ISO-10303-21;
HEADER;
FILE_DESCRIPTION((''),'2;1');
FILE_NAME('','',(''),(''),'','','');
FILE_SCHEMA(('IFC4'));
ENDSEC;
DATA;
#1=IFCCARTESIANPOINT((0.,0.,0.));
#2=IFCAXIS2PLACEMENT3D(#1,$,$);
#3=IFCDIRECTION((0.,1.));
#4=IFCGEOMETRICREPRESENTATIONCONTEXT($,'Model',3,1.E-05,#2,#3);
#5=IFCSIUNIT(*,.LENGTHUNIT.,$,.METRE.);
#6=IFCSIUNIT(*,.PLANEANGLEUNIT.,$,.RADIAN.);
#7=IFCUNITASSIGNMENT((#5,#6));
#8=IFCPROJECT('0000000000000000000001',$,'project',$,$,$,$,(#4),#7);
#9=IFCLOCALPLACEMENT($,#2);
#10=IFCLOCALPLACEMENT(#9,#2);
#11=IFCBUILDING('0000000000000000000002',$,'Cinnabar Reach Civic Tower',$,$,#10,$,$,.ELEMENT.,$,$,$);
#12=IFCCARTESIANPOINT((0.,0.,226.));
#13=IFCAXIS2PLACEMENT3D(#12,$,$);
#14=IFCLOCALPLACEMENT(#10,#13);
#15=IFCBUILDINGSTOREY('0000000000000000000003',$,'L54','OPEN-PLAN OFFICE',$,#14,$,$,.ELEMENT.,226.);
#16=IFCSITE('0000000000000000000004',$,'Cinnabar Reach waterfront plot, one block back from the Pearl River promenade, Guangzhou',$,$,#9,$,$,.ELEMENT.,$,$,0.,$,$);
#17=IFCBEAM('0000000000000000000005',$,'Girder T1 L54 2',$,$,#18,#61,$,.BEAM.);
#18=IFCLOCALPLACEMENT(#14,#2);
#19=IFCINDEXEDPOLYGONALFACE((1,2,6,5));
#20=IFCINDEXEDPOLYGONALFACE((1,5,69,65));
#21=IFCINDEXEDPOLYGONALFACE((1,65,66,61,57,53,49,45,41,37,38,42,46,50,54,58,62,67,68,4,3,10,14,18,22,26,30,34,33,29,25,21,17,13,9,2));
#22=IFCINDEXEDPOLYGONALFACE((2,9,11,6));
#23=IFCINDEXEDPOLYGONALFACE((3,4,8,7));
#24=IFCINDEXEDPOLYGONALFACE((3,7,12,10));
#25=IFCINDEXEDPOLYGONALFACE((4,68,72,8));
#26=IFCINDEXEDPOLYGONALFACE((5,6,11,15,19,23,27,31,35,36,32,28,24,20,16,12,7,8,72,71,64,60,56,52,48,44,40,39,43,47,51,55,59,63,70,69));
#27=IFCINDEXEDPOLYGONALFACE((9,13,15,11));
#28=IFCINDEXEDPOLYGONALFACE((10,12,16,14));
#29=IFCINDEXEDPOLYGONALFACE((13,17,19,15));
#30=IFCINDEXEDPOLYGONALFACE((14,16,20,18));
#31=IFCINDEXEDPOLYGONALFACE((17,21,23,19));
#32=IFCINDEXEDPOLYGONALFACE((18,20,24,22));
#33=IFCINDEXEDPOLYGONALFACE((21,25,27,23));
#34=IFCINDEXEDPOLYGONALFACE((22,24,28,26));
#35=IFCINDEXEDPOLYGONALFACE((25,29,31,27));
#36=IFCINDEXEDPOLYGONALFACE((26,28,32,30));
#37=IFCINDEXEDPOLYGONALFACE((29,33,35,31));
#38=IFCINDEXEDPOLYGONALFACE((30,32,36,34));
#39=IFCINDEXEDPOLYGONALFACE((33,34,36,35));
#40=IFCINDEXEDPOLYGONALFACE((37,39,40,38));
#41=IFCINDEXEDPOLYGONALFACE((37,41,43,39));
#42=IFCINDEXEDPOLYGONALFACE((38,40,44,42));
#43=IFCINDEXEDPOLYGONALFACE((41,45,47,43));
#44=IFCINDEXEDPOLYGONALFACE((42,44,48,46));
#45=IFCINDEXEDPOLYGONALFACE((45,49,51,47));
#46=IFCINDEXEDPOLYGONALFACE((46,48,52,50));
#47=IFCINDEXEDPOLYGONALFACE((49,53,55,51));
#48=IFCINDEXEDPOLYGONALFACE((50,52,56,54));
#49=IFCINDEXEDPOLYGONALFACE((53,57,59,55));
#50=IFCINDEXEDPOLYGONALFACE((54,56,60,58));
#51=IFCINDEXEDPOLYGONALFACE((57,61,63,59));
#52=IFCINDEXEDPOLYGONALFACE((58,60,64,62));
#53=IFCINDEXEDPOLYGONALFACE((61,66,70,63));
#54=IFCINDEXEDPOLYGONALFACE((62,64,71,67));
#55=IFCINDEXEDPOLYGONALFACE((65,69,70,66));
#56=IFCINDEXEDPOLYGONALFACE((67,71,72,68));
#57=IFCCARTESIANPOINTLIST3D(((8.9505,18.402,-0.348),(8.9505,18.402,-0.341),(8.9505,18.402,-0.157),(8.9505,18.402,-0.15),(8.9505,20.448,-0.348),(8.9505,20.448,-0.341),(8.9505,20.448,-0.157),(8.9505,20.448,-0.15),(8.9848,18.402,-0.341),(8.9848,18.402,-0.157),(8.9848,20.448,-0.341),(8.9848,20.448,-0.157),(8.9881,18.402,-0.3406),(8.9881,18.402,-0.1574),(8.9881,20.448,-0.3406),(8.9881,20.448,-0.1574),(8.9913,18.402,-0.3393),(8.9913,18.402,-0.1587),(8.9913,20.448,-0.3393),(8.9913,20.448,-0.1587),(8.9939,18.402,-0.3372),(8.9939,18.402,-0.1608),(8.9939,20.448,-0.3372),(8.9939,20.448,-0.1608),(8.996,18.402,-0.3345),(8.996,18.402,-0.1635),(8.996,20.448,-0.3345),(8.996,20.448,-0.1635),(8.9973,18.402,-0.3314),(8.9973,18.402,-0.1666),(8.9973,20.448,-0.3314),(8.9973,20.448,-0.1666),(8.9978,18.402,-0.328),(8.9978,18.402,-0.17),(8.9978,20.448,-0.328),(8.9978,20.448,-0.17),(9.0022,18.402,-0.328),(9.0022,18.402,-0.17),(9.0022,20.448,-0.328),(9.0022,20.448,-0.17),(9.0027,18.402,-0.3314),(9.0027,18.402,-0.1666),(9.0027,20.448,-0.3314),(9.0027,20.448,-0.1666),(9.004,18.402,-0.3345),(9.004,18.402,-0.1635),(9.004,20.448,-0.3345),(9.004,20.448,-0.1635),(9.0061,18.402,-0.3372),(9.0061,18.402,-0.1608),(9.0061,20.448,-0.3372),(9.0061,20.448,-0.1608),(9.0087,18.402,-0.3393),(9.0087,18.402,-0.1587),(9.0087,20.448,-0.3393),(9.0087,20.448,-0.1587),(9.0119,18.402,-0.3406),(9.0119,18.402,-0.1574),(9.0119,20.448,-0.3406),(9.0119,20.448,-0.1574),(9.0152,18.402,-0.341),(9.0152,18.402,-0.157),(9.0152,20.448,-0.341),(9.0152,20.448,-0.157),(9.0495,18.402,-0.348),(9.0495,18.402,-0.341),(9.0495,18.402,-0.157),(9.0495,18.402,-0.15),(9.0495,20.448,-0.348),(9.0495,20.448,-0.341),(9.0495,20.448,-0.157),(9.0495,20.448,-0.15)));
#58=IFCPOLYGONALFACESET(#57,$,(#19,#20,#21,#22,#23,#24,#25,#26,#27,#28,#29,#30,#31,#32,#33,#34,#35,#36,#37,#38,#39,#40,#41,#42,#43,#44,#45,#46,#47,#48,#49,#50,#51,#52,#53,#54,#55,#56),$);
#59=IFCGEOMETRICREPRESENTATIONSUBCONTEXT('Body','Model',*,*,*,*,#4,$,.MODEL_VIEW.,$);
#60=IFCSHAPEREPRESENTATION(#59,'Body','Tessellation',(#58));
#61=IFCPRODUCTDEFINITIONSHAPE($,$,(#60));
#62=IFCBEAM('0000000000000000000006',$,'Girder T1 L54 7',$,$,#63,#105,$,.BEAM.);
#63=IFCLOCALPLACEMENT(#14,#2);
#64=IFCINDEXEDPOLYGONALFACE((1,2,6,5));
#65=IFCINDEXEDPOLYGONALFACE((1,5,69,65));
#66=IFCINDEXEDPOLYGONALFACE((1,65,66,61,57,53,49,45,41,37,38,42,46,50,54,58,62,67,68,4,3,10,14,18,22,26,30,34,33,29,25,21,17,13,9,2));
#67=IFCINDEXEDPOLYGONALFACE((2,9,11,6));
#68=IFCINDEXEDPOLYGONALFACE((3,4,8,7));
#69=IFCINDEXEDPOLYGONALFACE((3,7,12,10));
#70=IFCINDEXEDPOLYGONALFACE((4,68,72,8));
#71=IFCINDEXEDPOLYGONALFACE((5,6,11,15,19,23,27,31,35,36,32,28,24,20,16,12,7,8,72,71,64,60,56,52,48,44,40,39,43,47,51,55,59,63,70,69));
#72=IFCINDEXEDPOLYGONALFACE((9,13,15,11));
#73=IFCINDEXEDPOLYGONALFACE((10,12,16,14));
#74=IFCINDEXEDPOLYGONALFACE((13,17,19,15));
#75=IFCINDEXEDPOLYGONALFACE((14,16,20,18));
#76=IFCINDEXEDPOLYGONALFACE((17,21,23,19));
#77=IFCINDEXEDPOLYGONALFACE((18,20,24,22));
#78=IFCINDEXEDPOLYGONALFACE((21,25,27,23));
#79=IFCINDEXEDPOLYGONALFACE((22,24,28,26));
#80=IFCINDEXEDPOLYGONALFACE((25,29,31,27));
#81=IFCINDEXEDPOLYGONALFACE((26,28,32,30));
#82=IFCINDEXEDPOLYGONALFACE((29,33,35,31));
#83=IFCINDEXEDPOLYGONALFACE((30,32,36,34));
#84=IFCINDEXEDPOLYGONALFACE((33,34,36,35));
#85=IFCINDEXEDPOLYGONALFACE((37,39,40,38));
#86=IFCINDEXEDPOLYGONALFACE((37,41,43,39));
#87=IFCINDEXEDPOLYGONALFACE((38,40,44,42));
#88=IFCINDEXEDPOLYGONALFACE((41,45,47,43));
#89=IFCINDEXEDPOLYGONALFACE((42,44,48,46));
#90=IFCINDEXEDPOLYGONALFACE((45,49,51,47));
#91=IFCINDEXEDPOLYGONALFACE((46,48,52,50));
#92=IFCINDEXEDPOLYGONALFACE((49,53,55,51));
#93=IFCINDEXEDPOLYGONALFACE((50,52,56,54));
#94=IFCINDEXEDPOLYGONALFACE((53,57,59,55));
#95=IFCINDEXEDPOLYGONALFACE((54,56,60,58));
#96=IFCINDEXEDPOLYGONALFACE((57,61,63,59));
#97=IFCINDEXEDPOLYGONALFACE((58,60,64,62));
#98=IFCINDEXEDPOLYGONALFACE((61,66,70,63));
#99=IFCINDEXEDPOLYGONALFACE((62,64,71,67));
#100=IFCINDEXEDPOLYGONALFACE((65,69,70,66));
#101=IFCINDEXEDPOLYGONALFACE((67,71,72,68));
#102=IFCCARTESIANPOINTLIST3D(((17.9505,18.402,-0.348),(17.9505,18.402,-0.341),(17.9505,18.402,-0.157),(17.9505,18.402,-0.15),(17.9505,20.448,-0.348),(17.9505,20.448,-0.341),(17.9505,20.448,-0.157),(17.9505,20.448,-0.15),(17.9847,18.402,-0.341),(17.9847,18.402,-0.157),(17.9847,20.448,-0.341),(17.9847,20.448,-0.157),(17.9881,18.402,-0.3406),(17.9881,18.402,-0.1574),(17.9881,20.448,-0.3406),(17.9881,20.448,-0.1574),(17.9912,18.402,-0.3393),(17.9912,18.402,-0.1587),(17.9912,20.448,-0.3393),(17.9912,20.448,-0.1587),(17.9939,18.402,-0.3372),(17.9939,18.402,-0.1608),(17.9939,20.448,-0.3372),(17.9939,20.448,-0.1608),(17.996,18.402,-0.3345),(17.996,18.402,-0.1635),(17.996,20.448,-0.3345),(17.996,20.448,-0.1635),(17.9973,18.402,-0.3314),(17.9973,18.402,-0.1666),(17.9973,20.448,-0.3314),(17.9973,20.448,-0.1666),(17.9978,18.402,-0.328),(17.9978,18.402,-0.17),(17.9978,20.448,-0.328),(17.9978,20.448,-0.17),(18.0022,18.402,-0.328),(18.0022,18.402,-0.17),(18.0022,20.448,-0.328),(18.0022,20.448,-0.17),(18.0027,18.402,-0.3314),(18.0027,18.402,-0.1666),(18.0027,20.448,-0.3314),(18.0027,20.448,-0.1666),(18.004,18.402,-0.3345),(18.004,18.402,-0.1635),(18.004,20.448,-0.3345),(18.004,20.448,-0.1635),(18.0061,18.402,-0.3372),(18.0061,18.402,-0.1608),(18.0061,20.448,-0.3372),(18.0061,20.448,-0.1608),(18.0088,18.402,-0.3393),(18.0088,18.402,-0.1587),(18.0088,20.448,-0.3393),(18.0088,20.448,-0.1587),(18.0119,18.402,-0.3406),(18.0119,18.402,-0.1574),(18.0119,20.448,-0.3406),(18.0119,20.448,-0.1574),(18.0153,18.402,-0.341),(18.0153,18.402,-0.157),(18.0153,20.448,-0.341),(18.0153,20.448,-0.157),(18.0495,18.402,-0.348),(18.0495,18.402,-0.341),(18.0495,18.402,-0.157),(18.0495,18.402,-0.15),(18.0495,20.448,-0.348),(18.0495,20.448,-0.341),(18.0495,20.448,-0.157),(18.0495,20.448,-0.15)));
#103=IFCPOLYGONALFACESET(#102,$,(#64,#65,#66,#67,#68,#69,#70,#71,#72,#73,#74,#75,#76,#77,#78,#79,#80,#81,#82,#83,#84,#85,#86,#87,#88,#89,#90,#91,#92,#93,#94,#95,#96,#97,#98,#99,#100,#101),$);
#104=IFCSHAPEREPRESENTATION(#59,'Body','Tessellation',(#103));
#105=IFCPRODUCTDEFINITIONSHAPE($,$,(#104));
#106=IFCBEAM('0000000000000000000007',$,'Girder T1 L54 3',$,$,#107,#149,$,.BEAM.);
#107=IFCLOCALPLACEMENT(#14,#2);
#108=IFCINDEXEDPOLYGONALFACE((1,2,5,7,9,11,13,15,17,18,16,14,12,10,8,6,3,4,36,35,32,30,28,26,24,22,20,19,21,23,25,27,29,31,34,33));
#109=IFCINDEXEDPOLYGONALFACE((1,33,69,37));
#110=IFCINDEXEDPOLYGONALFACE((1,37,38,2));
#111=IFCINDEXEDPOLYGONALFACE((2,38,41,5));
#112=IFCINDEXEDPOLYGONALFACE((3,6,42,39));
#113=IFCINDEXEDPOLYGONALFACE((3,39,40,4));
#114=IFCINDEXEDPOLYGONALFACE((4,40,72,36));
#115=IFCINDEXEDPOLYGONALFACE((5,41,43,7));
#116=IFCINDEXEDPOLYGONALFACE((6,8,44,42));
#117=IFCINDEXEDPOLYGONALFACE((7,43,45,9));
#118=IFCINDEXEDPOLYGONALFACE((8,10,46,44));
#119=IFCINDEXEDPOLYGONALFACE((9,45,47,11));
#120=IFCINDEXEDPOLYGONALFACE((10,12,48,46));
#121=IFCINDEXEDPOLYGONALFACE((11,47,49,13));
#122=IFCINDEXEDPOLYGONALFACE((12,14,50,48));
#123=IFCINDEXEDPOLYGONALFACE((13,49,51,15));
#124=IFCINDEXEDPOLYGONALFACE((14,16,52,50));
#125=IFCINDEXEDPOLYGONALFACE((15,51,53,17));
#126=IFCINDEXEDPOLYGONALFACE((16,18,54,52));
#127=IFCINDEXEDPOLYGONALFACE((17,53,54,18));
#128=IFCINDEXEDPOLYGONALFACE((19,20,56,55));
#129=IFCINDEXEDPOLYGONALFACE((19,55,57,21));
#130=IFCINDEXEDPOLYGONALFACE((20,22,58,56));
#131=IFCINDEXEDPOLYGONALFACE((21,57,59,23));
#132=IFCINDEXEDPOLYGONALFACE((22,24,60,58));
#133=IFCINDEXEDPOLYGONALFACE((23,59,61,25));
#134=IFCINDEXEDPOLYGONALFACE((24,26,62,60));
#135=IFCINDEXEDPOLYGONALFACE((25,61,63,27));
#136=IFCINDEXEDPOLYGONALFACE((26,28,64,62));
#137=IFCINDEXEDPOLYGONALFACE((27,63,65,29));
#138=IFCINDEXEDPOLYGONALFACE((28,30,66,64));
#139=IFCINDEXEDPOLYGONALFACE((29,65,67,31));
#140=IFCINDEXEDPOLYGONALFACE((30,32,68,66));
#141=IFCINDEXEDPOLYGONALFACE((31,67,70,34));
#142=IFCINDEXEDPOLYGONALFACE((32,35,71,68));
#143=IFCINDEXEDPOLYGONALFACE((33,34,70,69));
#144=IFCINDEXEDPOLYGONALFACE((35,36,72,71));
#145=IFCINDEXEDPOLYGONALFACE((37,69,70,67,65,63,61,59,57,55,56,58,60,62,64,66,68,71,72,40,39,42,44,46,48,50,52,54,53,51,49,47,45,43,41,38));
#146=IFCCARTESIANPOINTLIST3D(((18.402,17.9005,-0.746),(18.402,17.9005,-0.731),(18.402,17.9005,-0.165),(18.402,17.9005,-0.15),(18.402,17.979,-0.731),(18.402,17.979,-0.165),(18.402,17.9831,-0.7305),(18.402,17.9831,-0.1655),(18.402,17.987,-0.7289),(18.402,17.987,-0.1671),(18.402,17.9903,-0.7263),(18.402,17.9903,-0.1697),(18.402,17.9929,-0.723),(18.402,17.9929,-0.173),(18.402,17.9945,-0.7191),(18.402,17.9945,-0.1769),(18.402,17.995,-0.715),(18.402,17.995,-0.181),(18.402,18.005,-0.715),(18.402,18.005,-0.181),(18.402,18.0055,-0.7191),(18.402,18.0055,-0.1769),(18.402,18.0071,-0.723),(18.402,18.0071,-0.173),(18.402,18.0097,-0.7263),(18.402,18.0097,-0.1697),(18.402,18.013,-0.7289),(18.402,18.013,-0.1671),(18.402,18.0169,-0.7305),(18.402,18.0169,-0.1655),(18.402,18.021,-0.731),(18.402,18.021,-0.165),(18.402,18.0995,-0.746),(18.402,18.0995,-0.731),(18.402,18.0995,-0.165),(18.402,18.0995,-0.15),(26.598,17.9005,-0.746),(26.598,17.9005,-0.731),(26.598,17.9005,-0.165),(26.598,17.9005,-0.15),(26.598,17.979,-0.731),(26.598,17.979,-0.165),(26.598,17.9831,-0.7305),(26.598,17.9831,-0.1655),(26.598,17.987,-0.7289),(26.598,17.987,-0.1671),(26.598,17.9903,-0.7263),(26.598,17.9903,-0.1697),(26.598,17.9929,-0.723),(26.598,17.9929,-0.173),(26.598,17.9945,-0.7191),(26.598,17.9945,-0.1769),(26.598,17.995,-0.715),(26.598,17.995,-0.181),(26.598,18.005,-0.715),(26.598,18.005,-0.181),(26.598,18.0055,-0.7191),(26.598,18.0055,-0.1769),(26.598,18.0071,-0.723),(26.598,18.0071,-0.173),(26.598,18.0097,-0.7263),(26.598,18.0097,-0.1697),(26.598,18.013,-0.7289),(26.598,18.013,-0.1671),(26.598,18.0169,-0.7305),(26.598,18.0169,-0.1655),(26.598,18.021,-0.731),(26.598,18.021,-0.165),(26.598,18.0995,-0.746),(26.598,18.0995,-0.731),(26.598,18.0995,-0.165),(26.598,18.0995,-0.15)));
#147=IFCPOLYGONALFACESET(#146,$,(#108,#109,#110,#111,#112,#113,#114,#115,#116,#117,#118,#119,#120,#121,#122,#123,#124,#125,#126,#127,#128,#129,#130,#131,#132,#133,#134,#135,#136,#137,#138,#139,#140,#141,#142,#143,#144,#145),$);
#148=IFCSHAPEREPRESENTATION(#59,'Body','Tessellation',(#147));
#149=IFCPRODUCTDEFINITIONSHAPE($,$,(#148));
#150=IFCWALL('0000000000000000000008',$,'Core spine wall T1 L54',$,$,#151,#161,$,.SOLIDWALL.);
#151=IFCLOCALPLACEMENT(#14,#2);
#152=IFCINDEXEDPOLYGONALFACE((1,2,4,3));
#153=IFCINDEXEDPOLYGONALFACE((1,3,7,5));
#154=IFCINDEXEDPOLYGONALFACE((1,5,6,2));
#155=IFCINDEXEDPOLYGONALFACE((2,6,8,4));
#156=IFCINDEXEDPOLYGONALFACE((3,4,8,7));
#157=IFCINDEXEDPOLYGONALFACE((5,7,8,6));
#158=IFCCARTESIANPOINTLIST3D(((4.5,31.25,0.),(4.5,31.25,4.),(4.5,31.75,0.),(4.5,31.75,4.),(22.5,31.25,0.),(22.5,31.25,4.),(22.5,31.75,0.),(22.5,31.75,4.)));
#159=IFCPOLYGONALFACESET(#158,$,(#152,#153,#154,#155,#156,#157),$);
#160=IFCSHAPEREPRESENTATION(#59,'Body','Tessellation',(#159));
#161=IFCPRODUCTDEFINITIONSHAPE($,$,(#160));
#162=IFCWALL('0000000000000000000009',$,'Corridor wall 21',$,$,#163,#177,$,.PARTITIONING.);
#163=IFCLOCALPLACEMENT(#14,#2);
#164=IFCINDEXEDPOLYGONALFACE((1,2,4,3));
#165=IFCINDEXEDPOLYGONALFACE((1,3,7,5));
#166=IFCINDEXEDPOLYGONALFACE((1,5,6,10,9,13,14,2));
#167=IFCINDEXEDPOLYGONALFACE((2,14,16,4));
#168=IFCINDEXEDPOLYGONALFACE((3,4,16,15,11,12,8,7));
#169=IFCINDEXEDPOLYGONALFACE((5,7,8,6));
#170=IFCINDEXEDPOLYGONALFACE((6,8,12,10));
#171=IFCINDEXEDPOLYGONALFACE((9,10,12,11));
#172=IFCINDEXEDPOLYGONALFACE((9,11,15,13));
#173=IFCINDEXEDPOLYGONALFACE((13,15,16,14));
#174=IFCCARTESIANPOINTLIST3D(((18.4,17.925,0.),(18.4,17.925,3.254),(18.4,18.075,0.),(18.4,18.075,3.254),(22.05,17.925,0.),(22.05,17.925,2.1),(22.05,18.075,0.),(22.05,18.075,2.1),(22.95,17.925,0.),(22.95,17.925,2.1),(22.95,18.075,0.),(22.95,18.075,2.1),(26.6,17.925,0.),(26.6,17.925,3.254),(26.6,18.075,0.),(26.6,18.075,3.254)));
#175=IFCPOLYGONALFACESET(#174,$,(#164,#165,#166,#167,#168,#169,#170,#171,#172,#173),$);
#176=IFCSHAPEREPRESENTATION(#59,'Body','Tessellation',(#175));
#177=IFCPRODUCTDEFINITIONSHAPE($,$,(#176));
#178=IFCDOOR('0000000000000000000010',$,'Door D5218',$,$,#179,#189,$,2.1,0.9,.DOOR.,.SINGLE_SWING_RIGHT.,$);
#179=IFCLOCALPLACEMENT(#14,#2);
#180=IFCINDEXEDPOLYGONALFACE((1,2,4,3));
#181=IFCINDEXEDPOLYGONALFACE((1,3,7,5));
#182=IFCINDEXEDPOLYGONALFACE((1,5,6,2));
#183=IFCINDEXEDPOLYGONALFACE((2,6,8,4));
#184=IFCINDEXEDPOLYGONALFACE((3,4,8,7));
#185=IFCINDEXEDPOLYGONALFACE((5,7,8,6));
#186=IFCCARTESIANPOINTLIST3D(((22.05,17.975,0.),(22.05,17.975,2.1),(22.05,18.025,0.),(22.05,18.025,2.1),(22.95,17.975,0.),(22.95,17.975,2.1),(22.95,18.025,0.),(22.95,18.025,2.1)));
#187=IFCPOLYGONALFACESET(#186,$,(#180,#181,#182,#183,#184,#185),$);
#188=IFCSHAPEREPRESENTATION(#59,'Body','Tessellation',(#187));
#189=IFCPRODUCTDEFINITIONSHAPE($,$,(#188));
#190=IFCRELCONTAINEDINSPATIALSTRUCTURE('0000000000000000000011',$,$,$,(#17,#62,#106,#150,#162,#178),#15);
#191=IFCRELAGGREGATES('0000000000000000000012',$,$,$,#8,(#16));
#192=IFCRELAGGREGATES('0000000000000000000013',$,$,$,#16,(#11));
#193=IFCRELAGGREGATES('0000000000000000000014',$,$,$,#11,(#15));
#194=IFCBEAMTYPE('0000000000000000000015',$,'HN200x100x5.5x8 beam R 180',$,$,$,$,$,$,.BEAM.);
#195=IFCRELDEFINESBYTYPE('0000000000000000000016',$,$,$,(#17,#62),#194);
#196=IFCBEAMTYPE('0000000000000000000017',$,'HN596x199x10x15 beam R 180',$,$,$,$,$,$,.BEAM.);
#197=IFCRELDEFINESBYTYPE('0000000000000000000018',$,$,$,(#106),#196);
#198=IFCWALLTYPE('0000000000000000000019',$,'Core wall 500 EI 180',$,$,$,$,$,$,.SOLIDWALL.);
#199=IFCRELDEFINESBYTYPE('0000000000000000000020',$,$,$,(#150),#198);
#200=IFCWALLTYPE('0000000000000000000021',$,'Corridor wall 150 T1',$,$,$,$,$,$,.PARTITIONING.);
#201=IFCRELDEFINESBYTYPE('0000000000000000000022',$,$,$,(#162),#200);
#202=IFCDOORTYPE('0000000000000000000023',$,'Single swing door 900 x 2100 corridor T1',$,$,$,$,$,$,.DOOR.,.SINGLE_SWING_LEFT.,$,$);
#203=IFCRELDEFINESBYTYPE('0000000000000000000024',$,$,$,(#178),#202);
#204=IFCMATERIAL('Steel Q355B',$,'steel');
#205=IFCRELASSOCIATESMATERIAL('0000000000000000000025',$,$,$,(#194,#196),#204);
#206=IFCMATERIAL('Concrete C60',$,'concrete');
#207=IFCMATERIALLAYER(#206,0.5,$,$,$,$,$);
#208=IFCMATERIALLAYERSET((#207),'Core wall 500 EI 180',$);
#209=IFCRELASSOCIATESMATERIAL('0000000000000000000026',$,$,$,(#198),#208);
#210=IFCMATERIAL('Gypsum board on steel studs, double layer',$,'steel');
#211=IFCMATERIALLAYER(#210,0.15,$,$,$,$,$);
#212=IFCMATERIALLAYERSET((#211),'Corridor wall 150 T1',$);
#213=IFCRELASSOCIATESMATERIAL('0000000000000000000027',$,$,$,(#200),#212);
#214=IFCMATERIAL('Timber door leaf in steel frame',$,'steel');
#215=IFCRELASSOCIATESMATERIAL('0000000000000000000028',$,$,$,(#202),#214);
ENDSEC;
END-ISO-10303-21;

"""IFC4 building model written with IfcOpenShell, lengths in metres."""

from ifc_helpers import new_model, si_unit, direction, frame, frame_2d, origin, origin_2d, place, context, subcontext, project, spatial, rectangle, i_section, extrude, material, layer, layer_set, material_profile, profile_set, type_object, element, fill, save


model = new_model("IFC4")

# Units and contexts
model_context = context("Model", 3, precision=1e-05, world=origin(), true_north=direction((0.0, 1.0)))
body_context = subcontext(model_context, "Body", "Model", "MODEL_VIEW")
ifc_project = project(units=[si_unit("LENGTHUNIT", "METRE"), si_unit("PLANEANGLEUNIT", "RADIAN")], contexts=[model_context])

# Site, building, storey
site_placement = place(None, origin())
site = spatial("IfcSite", under=ifc_project, at=site_placement, Name="Cinnabar Reach waterfront plot, one block back from the Pearl River promenade, Guangzhou", CompositionType="ELEMENT", RefElevation=0.0)
building_placement = place(site_placement, origin())
building = spatial("IfcBuilding", under=site, at=building_placement, Name="Cinnabar Reach Civic Tower", CompositionType="ELEMENT")
storey_placement = place(building_placement, frame((0.0, 0.0, 226.0)))
storey = spatial("IfcBuildingStorey", under=building, at=storey_placement, Name="L54", Description="OPEN-PLAN OFFICE", CompositionType="ELEMENT", Elevation=226.0)

# Beams
ifc_material_1 = material(Name="Steel Q355B", Category="steel")
ifc_material_profile_1 = material_profile(ifc_material_1, i_section(OverallWidth=0.099, OverallDepth=0.198, WebThickness=0.0045, FlangeThickness=0.007, FilletRadius=0.013, at=origin_2d()), Name="HN200x100x5.5x8")
ifc_profile_set_1 = profile_set([ifc_material_profile_1], Name="Steel Q355B")
beam_type_1 = type_object("IfcBeamType", Name="HN200x100x5.5x8 beam R 180", PredefinedType="BEAM", material=ifc_profile_set_1)
for number, where, z_axis, x_axis, name in (
    (1, (9.0, 18.402, -0.249), (0.0, 1.0, 0.0), (-1.0, 0.0, 0.0), "Girder T1 L54 2"),
    (2, (18.0, 18.402, -0.249), (0.0, 1.0, 0.0), (-1.0, 0.0, 0.0), "Girder T1 L54 7"),
):
    element("IfcBeam", number, at=place(storey_placement, frame(where, z_axis=z_axis, x_axis=x_axis)), inside=storey, type_object=beam_type_1, Name=name, PredefinedType="BEAM", context=body_context, shape_type="SweptSolid", body=[
        extrude(i_section(OverallWidth=0.099, OverallDepth=0.198, WebThickness=0.0045, FlangeThickness=0.007, FilletRadius=0.013, at=origin_2d()), origin(), (0.0, 0.0, 1.0), 2.046),
    ])
ifc_material_profile_2 = material_profile(ifc_material_1, i_section(OverallWidth=0.199, OverallDepth=0.596, WebThickness=0.01, FlangeThickness=0.015, FilletRadius=0.016, at=origin_2d()), Name="HN596x199x10x15")
ifc_profile_set_2 = profile_set([ifc_material_profile_2], Name="Steel Q355B")
beam_type_2 = type_object("IfcBeamType", Name="HN596x199x10x15 beam R 180", PredefinedType="BEAM", material=ifc_profile_set_2)
beam_placement = place(storey_placement, frame((18.402, 18.0, -0.448), z_axis=(1.0, 0.0, 0.0), x_axis=(0.0, 1.0, 0.0)))
element("IfcBeam", 3, at=beam_placement, inside=storey, type_object=beam_type_2, Name="Girder T1 L54 3", PredefinedType="BEAM", context=body_context, shape_type="SweptSolid", body=[
    extrude(i_section(OverallWidth=0.199, OverallDepth=0.596, WebThickness=0.01, FlangeThickness=0.015, FilletRadius=0.016, at=origin_2d()), origin(), (0.0, 0.0, 1.0), 8.196),
])

# Wall
ifc_material_2 = material(Name="Concrete C60", Category="concrete")
ifc_layer_1 = layer(ifc_material_2, 0.5)
ifc_layer_set_1 = layer_set([ifc_layer_1], Name="Core wall 500 EI 180")
wall_type_1 = type_object("IfcWallType", Name="Core wall 500 EI 180", PredefinedType="SOLIDWALL", material=ifc_layer_set_1)
wall_1_placement = place(storey_placement, frame((4.5, 31.5, 0.0), z_axis=(0.0, 0.0, 1.0), x_axis=(1.0, 0.0, 0.0)))
element("IfcWall", 4, at=wall_1_placement, inside=storey, type_object=wall_type_1, Name="Core spine wall T1 L54", PredefinedType="SOLIDWALL", context=body_context, shape_type="SweptSolid", body=[
    extrude(rectangle(XDim=18.0, YDim=0.5, at=frame_2d((9.0, 0.0))), origin(), (0.0, 0.0, 1.0), 4.0),
])

# Wall, opening, door
ifc_material_3 = material(Name="Gypsum board on steel studs, double layer", Category="steel")
ifc_layer_2 = layer(ifc_material_3, 0.15)
ifc_layer_set_2 = layer_set([ifc_layer_2], Name="Corridor wall 150 T1")
wall_type_2 = type_object("IfcWallType", Name="Corridor wall 150 T1", PredefinedType="PARTITIONING", material=ifc_layer_set_2)
wall_2_placement = place(storey_placement, frame((18.4, 18.0, 0.0), z_axis=(0.0, 0.0, 1.0), x_axis=(1.0, 0.0, 0.0)))
wall_2 = element("IfcWall", 5, at=wall_2_placement, inside=storey, type_object=wall_type_2, Name="Corridor wall 21", PredefinedType="PARTITIONING", context=body_context, shape_type="SweptSolid", body=[
    extrude(rectangle(XDim=8.2, YDim=0.15, at=frame_2d((4.1, 0.0))), origin(), (0.0, 0.0, 1.0), 3.254),
])
opening_placement = place(wall_2_placement, frame((3.65, 0.0, 0.0)))
opening = element("IfcOpeningElement", 6, at=opening_placement, cuts=wall_2, PredefinedType="OPENING", context=body_context, shape_type="SweptSolid", body=[
    extrude(rectangle(XDim=0.9, YDim=2.1, at=frame_2d((0.45, 1.05))), frame((0.0, 0.085, 0.0), z_axis=(0.0, -1.0, 0.0), x_axis=(1.0, 0.0, 0.0)), (0.0, 0.0, 1.0), 0.17),
])
ifc_material_4 = material(Name="Timber door leaf in steel frame", Category="steel")
door_type = type_object("IfcDoorType", Name="Single swing door 900 x 2100 corridor T1", OperationType="SINGLE_SWING_LEFT", PredefinedType="DOOR", material=ifc_material_4)
door_placement = place(opening_placement, frame((0.9, 0.0, 0.0), z_axis=(0.0, 0.0, 1.0), x_axis=(-1.0, 0.0, 0.0)))
door = element("IfcDoor", 7, at=door_placement, inside=storey, type_object=door_type, Name="Door D5218", OperationType="SINGLE_SWING_RIGHT", OverallHeight=2.1, OverallWidth=0.9, PredefinedType="DOOR", context=body_context, shape_type="SweptSolid", body=[
    extrude(rectangle(XDim=0.9, YDim=2.1, at=frame_2d((0.45, 1.05))), frame((0.0, 0.025, 0.0), z_axis=(0.0, -1.0, 0.0), x_axis=(1.0, 0.0, 0.0)), (0.0, 0.0, 1.0), 0.05),
])
fill(opening, door)

save(model, "model.ifc")
